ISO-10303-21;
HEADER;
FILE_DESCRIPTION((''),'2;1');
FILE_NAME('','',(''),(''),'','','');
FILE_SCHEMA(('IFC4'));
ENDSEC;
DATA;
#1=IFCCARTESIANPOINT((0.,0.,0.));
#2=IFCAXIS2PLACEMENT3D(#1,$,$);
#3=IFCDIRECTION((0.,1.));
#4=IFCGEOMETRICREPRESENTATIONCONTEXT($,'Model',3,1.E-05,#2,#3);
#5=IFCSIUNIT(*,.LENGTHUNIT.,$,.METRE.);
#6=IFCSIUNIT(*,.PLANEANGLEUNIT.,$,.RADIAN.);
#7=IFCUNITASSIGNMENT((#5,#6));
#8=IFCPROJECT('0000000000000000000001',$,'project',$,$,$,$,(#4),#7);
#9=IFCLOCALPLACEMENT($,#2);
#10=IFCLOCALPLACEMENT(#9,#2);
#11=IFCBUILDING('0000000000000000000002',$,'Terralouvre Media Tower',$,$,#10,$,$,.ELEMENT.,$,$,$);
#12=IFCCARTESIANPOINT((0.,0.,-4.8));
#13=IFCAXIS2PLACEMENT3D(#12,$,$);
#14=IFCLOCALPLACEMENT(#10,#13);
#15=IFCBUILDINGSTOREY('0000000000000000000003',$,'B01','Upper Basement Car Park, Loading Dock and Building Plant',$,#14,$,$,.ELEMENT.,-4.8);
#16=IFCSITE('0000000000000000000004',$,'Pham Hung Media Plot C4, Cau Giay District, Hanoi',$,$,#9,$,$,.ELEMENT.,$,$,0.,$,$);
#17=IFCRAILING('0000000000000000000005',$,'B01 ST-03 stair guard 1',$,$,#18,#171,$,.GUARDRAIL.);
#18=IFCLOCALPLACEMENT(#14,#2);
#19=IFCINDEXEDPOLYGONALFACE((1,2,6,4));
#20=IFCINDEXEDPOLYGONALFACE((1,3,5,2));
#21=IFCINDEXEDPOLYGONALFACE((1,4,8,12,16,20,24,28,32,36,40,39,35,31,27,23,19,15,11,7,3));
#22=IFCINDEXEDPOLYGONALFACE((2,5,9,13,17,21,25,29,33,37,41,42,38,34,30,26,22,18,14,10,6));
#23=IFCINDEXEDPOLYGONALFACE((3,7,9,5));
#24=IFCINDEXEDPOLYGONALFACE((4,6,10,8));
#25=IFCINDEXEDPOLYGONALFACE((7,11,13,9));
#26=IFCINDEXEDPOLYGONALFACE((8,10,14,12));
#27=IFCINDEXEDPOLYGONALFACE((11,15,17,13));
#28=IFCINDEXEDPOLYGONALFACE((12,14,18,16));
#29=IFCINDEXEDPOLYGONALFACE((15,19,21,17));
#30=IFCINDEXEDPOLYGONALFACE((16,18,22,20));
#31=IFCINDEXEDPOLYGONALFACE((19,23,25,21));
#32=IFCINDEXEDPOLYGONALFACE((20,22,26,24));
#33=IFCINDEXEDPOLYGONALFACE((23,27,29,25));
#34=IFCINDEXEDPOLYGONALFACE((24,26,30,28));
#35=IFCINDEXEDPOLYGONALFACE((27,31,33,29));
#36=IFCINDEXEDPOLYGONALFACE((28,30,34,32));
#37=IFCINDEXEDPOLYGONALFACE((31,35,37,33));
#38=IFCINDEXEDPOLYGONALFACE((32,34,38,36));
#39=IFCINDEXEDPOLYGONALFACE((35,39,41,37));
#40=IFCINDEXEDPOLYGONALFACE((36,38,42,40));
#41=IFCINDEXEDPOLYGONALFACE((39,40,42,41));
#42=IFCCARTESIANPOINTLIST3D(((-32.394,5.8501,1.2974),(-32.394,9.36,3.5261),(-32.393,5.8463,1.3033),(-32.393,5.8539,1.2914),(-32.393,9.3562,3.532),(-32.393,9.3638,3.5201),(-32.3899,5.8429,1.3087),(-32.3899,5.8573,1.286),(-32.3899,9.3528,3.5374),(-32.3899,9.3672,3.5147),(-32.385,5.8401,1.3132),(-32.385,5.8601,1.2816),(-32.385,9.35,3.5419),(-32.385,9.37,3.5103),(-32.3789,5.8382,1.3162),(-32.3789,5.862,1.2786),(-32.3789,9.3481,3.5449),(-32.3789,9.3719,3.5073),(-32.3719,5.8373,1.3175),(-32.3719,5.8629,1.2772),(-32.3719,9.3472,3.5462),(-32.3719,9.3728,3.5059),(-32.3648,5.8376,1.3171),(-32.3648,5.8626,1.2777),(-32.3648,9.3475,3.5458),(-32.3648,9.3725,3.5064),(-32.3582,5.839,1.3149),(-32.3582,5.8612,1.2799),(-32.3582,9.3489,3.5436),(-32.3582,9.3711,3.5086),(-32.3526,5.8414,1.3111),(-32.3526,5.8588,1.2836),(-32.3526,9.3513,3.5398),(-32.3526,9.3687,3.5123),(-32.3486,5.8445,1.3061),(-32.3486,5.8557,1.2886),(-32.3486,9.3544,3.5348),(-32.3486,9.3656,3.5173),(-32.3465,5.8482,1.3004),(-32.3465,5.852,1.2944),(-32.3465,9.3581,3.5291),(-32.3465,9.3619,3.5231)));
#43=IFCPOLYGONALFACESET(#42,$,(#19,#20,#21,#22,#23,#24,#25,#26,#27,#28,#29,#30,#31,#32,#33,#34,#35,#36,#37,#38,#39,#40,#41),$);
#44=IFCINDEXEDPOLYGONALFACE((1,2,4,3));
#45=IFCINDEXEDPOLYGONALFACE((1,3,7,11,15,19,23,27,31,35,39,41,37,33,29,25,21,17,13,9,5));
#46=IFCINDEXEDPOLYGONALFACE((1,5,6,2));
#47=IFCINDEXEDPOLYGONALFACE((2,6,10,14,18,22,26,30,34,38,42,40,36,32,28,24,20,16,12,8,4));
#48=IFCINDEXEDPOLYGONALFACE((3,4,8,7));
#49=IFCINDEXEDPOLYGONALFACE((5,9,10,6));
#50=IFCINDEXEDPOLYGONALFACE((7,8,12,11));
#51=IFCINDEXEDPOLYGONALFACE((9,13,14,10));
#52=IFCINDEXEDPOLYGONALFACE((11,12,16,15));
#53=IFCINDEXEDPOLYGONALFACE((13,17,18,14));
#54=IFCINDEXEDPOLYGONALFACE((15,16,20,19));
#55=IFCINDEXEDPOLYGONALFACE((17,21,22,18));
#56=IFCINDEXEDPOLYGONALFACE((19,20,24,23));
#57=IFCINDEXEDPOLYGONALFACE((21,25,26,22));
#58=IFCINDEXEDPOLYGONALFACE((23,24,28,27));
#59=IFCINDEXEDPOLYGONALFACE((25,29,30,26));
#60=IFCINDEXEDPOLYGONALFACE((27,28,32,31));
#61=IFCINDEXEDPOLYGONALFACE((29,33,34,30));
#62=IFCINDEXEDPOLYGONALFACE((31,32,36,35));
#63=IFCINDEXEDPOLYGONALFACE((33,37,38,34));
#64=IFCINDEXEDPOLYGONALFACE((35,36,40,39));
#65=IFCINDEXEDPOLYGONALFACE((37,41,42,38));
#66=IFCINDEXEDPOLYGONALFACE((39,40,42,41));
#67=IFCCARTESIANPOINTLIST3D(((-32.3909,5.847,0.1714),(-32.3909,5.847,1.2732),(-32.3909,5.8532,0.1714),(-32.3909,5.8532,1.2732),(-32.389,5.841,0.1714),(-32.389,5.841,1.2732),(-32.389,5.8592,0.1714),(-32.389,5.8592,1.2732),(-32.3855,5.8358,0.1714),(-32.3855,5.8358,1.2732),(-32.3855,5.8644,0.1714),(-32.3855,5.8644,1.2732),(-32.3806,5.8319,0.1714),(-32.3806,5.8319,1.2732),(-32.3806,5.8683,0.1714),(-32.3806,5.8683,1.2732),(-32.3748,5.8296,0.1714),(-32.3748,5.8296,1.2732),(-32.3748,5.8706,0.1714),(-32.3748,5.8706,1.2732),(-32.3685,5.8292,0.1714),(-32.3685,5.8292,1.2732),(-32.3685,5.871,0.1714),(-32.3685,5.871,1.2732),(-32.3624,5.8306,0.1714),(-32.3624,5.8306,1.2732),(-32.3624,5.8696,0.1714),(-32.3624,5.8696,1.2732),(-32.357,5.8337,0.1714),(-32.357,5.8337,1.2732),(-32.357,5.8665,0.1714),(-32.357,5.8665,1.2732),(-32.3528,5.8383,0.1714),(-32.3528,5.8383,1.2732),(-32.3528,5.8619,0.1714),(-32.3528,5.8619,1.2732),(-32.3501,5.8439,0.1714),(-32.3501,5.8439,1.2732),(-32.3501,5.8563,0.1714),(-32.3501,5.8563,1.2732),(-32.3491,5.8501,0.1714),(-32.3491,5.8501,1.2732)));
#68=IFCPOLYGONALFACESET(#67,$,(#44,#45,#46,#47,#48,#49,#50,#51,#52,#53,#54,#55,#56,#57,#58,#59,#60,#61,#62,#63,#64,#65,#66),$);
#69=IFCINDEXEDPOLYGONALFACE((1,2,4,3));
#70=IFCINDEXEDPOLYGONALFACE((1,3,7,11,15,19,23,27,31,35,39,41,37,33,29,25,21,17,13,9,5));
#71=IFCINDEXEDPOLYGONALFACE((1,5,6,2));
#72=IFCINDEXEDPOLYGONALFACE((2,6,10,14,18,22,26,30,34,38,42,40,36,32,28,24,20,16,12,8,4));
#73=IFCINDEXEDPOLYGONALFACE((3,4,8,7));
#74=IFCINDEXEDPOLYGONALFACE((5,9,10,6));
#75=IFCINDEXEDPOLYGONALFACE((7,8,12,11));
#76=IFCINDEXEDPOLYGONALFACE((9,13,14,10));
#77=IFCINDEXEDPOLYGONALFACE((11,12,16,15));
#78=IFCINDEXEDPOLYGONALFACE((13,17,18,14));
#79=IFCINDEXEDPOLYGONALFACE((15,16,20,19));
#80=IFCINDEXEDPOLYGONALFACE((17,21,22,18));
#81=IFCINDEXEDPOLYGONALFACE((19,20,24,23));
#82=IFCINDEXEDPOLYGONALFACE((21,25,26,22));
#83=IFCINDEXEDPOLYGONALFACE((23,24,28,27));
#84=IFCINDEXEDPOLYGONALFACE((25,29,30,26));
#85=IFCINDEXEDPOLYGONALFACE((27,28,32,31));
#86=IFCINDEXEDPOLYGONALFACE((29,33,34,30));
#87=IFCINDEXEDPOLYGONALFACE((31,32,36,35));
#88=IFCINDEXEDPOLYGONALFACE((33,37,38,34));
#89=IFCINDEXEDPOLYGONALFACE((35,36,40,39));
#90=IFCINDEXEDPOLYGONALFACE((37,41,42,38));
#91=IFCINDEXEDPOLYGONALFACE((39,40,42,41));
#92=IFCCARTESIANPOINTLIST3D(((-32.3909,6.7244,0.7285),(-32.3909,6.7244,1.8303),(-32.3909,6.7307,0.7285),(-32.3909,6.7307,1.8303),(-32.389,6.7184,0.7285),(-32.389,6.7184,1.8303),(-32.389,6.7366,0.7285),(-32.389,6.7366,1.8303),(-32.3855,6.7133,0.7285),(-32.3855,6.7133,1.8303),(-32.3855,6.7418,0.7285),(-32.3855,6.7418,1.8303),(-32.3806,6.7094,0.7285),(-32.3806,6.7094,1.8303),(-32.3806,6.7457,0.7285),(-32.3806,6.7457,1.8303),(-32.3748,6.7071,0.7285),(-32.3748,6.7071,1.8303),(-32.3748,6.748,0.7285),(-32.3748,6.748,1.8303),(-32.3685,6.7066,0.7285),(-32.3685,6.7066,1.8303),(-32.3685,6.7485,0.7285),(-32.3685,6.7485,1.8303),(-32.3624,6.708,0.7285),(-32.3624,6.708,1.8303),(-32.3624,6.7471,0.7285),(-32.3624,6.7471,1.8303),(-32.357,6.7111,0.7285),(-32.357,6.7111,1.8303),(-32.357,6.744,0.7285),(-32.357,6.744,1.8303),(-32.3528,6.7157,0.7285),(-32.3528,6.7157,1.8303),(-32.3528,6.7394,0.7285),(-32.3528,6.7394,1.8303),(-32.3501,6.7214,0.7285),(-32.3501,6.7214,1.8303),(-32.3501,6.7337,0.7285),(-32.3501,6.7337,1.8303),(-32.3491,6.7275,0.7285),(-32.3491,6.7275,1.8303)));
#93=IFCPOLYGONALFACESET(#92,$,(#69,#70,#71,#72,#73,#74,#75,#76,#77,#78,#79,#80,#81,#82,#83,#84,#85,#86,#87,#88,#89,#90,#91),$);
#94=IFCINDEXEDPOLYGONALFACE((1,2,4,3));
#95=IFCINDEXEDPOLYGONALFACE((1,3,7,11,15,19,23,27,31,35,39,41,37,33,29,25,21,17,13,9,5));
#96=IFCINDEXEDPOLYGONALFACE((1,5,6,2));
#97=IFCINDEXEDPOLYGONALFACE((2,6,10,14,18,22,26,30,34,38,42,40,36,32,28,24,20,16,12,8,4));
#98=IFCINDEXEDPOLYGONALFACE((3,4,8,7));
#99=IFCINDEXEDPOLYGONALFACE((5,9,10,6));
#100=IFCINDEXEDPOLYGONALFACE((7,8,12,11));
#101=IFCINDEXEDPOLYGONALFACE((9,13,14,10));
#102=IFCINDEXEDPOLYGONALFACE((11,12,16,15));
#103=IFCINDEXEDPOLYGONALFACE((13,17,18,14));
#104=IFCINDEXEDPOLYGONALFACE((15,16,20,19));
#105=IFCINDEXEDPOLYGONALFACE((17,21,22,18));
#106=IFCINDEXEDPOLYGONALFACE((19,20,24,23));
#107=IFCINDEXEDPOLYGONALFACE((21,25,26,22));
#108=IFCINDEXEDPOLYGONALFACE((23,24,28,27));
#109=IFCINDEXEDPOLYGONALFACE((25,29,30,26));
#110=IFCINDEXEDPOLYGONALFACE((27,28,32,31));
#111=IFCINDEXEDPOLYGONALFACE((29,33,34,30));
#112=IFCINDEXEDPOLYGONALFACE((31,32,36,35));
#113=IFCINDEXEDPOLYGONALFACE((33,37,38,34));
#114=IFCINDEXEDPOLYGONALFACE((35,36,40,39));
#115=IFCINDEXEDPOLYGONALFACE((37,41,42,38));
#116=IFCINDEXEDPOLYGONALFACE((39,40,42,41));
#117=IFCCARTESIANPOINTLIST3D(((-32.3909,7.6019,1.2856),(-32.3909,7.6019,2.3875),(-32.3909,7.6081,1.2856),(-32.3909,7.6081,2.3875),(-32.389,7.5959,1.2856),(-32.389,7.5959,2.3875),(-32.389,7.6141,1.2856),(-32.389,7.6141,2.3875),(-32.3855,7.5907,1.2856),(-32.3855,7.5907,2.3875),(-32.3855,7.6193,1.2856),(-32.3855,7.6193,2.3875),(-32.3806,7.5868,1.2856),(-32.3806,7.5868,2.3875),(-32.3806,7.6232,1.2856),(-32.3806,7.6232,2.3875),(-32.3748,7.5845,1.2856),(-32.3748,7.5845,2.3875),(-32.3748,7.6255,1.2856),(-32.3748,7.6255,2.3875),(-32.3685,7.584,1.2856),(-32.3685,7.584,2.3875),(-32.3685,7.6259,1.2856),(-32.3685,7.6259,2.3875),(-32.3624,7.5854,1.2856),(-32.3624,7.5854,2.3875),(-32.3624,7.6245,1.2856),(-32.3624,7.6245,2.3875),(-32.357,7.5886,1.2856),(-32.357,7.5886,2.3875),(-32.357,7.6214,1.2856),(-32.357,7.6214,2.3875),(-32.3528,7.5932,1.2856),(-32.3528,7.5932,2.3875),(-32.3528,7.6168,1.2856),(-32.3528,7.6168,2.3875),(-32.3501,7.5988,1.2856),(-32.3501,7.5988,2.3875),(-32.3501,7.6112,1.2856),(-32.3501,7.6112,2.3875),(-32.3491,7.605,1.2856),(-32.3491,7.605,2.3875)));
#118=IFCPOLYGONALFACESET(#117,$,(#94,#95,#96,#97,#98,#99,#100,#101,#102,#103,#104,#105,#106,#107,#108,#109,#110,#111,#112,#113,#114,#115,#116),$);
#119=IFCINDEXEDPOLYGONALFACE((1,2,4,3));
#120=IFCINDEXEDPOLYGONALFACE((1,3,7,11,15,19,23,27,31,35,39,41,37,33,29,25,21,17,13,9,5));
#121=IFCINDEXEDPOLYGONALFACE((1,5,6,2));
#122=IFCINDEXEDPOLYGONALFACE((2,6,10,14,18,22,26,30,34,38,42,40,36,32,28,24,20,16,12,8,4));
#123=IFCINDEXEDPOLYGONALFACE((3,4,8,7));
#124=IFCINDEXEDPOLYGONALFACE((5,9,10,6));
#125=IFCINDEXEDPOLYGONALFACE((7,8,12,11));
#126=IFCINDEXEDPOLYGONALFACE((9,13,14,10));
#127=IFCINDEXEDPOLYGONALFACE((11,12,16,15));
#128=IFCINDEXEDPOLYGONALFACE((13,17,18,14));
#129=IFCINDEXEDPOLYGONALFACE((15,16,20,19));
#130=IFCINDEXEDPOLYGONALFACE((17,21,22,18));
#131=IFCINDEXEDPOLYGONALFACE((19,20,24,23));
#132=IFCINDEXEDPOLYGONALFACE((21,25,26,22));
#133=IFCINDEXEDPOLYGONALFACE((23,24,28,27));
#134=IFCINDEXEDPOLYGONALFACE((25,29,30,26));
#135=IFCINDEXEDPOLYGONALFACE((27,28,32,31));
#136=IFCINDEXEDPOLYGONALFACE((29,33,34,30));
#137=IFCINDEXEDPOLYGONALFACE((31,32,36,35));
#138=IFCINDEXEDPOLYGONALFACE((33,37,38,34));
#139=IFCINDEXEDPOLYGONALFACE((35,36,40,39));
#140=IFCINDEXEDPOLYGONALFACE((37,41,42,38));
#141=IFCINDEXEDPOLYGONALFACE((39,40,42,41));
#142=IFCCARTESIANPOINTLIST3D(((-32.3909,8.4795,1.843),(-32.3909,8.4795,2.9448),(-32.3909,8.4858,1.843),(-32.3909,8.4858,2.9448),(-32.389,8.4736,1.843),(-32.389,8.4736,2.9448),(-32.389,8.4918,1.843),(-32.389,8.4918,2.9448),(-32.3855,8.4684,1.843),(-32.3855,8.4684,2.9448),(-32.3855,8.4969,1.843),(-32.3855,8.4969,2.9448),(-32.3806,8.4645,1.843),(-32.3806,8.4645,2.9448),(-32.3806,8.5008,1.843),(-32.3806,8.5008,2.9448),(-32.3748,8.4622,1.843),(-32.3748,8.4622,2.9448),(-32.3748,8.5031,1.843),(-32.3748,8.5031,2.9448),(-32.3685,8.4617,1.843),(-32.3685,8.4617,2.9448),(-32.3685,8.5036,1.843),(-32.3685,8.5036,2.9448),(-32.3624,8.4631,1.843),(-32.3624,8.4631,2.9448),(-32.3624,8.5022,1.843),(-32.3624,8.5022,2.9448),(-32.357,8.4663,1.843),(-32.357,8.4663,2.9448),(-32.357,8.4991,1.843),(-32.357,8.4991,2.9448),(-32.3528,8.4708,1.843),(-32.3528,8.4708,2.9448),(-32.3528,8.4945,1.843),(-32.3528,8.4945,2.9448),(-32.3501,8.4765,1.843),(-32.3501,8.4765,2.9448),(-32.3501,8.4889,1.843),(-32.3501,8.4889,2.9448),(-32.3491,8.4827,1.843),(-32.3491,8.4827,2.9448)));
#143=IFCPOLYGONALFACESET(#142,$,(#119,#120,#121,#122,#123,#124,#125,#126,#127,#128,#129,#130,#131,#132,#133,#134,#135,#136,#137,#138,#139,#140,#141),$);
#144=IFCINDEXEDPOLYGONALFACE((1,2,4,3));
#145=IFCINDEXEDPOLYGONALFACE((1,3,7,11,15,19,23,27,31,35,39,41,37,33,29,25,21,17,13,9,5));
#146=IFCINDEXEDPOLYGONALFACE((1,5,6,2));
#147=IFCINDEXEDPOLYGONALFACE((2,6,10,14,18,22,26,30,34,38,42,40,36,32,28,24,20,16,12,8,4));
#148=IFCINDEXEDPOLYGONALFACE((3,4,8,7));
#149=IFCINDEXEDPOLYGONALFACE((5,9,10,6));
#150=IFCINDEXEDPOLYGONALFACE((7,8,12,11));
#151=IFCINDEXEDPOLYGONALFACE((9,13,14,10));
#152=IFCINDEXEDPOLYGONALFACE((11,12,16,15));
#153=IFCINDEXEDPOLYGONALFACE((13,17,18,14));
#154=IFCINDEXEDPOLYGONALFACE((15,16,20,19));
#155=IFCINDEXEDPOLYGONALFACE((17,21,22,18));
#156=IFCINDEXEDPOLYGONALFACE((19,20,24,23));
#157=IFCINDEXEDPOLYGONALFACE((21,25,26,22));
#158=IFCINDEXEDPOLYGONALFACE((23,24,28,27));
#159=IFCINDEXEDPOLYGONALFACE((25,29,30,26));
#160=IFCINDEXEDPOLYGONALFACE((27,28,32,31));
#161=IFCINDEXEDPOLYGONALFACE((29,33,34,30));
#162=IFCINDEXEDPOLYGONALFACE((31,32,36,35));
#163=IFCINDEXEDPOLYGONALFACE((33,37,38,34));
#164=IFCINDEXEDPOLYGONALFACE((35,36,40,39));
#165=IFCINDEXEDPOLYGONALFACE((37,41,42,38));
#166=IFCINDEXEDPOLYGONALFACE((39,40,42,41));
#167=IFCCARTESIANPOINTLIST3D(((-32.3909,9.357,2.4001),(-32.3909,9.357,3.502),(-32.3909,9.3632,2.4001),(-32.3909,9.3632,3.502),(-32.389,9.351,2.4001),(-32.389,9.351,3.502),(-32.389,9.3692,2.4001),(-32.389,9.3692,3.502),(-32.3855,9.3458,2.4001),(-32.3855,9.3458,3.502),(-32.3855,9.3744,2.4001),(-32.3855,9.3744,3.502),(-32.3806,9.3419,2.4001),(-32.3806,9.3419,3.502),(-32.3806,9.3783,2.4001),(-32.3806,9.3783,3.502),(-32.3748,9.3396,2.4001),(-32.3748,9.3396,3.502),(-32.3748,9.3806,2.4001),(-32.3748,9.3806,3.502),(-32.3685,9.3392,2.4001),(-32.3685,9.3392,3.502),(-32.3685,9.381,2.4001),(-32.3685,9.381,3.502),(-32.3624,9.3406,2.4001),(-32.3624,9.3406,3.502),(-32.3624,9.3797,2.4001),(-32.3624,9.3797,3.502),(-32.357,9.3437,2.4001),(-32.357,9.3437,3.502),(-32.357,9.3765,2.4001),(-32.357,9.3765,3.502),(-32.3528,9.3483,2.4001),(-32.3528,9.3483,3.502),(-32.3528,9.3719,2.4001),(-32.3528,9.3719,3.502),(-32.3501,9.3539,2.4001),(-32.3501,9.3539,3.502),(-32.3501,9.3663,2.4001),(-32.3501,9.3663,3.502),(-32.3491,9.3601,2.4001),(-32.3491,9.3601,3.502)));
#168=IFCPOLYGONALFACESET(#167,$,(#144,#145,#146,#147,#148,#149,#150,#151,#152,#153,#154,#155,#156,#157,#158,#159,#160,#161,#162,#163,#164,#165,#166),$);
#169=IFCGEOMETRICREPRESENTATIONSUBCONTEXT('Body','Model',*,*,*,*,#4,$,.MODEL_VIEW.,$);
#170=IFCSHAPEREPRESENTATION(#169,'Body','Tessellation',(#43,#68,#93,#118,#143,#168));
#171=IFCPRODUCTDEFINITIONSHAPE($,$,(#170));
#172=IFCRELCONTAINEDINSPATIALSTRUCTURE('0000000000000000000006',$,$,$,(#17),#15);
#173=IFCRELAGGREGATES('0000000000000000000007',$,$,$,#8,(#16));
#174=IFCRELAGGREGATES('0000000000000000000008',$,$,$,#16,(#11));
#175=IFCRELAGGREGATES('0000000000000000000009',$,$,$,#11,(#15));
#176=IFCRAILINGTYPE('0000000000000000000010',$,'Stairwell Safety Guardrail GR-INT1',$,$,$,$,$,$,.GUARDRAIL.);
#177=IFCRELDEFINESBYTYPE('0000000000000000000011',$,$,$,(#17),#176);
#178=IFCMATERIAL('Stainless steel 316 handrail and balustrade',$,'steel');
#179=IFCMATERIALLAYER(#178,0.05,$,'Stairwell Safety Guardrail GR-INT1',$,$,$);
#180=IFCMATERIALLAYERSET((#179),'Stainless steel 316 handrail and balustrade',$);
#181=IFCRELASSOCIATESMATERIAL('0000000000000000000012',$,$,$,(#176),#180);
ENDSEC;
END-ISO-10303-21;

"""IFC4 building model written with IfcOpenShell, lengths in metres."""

from ifc_helpers import new_model, si_unit, direction, frame, origin, origin_2d, place, context, subcontext, project, spatial, circle, extrude, material, layer, layer_set, type_object, element, save


model = new_model("IFC4")

# Units and contexts
model_context = context("Model", 3, precision=1e-05, world=origin(), true_north=direction((0.0, 1.0)))
body_context = subcontext(model_context, "Body", "Model", "MODEL_VIEW")
ifc_project = project(units=[si_unit("LENGTHUNIT", "METRE"), si_unit("PLANEANGLEUNIT", "RADIAN")], contexts=[model_context])

# Site, building, storey
site_placement = place(None, origin())
site = spatial("IfcSite", under=ifc_project, at=site_placement, Name="Pham Hung Media Plot C4, Cau Giay District, Hanoi", CompositionType="ELEMENT", RefElevation=0.0)
building_placement = place(site_placement, origin())
building = spatial("IfcBuilding", under=site, at=building_placement, Name="Terralouvre Media Tower", CompositionType="ELEMENT")
storey_placement = place(building_placement, frame((0.0, 0.0, -4.8)))
storey = spatial("IfcBuildingStorey", under=building, at=storey_placement, Name="B01", Description="Upper Basement Car Park, Loading Dock and Building Plant", CompositionType="ELEMENT", Elevation=-4.8)

# Railing
ifc_material_1 = material(Name="Stainless steel 316 handrail and balustrade", Category="steel")
ifc_layer_1 = layer(ifc_material_1, 0.05, Name="Stairwell Safety Guardrail GR-INT1")
ifc_layer_set_1 = layer_set([ifc_layer_1], Name="Stainless steel 316 handrail and balustrade")
railing_type_1 = type_object("IfcRailingType", Name="Stairwell Safety Guardrail GR-INT1", PredefinedType="GUARDRAIL", material=ifc_layer_set_1)
railing_1_placement = place(storey_placement, frame((-32.3701, 5.8501, 0.1714)))
element("IfcRailing", 1, at=railing_1_placement, inside=storey, type_object=railing_type_1, Name="B01 ST-03 stair guard 1", PredefinedType="GUARDRAIL", context=body_context, shape_type="SweptSolid", body=[
    extrude(circle(Radius=0.0239, at=origin_2d()), frame((0.0, 0.0, 1.126), z_axis=(0.0, 0.844193, 0.536039), x_axis=(-1.0, 0.0, 0.0)), (0.0, 0.0, 1.0), 4.1577),
    extrude(circle(Radius=0.021, at=origin_2d()), origin(), (0.0, 0.0, 1.0), 1.1018),
    extrude(circle(Radius=0.021, at=origin_2d()), frame((0.0, 0.8774, 0.5571)), (0.0, 0.0, 1.0), 1.1018),
    extrude(circle(Radius=0.021, at=origin_2d()), frame((0.0, 1.7549, 1.1143)), (0.0, 0.0, 1.0), 1.1018),
    extrude(circle(Radius=0.021, at=origin_2d()), frame((0.0, 2.6326, 1.6716)), (0.0, 0.0, 1.0), 1.1018),
    extrude(circle(Radius=0.021, at=origin_2d()), frame((0.0, 3.51, 2.2288)), (0.0, 0.0, 1.0), 1.1018),
])

save(model, "model.ifc")
